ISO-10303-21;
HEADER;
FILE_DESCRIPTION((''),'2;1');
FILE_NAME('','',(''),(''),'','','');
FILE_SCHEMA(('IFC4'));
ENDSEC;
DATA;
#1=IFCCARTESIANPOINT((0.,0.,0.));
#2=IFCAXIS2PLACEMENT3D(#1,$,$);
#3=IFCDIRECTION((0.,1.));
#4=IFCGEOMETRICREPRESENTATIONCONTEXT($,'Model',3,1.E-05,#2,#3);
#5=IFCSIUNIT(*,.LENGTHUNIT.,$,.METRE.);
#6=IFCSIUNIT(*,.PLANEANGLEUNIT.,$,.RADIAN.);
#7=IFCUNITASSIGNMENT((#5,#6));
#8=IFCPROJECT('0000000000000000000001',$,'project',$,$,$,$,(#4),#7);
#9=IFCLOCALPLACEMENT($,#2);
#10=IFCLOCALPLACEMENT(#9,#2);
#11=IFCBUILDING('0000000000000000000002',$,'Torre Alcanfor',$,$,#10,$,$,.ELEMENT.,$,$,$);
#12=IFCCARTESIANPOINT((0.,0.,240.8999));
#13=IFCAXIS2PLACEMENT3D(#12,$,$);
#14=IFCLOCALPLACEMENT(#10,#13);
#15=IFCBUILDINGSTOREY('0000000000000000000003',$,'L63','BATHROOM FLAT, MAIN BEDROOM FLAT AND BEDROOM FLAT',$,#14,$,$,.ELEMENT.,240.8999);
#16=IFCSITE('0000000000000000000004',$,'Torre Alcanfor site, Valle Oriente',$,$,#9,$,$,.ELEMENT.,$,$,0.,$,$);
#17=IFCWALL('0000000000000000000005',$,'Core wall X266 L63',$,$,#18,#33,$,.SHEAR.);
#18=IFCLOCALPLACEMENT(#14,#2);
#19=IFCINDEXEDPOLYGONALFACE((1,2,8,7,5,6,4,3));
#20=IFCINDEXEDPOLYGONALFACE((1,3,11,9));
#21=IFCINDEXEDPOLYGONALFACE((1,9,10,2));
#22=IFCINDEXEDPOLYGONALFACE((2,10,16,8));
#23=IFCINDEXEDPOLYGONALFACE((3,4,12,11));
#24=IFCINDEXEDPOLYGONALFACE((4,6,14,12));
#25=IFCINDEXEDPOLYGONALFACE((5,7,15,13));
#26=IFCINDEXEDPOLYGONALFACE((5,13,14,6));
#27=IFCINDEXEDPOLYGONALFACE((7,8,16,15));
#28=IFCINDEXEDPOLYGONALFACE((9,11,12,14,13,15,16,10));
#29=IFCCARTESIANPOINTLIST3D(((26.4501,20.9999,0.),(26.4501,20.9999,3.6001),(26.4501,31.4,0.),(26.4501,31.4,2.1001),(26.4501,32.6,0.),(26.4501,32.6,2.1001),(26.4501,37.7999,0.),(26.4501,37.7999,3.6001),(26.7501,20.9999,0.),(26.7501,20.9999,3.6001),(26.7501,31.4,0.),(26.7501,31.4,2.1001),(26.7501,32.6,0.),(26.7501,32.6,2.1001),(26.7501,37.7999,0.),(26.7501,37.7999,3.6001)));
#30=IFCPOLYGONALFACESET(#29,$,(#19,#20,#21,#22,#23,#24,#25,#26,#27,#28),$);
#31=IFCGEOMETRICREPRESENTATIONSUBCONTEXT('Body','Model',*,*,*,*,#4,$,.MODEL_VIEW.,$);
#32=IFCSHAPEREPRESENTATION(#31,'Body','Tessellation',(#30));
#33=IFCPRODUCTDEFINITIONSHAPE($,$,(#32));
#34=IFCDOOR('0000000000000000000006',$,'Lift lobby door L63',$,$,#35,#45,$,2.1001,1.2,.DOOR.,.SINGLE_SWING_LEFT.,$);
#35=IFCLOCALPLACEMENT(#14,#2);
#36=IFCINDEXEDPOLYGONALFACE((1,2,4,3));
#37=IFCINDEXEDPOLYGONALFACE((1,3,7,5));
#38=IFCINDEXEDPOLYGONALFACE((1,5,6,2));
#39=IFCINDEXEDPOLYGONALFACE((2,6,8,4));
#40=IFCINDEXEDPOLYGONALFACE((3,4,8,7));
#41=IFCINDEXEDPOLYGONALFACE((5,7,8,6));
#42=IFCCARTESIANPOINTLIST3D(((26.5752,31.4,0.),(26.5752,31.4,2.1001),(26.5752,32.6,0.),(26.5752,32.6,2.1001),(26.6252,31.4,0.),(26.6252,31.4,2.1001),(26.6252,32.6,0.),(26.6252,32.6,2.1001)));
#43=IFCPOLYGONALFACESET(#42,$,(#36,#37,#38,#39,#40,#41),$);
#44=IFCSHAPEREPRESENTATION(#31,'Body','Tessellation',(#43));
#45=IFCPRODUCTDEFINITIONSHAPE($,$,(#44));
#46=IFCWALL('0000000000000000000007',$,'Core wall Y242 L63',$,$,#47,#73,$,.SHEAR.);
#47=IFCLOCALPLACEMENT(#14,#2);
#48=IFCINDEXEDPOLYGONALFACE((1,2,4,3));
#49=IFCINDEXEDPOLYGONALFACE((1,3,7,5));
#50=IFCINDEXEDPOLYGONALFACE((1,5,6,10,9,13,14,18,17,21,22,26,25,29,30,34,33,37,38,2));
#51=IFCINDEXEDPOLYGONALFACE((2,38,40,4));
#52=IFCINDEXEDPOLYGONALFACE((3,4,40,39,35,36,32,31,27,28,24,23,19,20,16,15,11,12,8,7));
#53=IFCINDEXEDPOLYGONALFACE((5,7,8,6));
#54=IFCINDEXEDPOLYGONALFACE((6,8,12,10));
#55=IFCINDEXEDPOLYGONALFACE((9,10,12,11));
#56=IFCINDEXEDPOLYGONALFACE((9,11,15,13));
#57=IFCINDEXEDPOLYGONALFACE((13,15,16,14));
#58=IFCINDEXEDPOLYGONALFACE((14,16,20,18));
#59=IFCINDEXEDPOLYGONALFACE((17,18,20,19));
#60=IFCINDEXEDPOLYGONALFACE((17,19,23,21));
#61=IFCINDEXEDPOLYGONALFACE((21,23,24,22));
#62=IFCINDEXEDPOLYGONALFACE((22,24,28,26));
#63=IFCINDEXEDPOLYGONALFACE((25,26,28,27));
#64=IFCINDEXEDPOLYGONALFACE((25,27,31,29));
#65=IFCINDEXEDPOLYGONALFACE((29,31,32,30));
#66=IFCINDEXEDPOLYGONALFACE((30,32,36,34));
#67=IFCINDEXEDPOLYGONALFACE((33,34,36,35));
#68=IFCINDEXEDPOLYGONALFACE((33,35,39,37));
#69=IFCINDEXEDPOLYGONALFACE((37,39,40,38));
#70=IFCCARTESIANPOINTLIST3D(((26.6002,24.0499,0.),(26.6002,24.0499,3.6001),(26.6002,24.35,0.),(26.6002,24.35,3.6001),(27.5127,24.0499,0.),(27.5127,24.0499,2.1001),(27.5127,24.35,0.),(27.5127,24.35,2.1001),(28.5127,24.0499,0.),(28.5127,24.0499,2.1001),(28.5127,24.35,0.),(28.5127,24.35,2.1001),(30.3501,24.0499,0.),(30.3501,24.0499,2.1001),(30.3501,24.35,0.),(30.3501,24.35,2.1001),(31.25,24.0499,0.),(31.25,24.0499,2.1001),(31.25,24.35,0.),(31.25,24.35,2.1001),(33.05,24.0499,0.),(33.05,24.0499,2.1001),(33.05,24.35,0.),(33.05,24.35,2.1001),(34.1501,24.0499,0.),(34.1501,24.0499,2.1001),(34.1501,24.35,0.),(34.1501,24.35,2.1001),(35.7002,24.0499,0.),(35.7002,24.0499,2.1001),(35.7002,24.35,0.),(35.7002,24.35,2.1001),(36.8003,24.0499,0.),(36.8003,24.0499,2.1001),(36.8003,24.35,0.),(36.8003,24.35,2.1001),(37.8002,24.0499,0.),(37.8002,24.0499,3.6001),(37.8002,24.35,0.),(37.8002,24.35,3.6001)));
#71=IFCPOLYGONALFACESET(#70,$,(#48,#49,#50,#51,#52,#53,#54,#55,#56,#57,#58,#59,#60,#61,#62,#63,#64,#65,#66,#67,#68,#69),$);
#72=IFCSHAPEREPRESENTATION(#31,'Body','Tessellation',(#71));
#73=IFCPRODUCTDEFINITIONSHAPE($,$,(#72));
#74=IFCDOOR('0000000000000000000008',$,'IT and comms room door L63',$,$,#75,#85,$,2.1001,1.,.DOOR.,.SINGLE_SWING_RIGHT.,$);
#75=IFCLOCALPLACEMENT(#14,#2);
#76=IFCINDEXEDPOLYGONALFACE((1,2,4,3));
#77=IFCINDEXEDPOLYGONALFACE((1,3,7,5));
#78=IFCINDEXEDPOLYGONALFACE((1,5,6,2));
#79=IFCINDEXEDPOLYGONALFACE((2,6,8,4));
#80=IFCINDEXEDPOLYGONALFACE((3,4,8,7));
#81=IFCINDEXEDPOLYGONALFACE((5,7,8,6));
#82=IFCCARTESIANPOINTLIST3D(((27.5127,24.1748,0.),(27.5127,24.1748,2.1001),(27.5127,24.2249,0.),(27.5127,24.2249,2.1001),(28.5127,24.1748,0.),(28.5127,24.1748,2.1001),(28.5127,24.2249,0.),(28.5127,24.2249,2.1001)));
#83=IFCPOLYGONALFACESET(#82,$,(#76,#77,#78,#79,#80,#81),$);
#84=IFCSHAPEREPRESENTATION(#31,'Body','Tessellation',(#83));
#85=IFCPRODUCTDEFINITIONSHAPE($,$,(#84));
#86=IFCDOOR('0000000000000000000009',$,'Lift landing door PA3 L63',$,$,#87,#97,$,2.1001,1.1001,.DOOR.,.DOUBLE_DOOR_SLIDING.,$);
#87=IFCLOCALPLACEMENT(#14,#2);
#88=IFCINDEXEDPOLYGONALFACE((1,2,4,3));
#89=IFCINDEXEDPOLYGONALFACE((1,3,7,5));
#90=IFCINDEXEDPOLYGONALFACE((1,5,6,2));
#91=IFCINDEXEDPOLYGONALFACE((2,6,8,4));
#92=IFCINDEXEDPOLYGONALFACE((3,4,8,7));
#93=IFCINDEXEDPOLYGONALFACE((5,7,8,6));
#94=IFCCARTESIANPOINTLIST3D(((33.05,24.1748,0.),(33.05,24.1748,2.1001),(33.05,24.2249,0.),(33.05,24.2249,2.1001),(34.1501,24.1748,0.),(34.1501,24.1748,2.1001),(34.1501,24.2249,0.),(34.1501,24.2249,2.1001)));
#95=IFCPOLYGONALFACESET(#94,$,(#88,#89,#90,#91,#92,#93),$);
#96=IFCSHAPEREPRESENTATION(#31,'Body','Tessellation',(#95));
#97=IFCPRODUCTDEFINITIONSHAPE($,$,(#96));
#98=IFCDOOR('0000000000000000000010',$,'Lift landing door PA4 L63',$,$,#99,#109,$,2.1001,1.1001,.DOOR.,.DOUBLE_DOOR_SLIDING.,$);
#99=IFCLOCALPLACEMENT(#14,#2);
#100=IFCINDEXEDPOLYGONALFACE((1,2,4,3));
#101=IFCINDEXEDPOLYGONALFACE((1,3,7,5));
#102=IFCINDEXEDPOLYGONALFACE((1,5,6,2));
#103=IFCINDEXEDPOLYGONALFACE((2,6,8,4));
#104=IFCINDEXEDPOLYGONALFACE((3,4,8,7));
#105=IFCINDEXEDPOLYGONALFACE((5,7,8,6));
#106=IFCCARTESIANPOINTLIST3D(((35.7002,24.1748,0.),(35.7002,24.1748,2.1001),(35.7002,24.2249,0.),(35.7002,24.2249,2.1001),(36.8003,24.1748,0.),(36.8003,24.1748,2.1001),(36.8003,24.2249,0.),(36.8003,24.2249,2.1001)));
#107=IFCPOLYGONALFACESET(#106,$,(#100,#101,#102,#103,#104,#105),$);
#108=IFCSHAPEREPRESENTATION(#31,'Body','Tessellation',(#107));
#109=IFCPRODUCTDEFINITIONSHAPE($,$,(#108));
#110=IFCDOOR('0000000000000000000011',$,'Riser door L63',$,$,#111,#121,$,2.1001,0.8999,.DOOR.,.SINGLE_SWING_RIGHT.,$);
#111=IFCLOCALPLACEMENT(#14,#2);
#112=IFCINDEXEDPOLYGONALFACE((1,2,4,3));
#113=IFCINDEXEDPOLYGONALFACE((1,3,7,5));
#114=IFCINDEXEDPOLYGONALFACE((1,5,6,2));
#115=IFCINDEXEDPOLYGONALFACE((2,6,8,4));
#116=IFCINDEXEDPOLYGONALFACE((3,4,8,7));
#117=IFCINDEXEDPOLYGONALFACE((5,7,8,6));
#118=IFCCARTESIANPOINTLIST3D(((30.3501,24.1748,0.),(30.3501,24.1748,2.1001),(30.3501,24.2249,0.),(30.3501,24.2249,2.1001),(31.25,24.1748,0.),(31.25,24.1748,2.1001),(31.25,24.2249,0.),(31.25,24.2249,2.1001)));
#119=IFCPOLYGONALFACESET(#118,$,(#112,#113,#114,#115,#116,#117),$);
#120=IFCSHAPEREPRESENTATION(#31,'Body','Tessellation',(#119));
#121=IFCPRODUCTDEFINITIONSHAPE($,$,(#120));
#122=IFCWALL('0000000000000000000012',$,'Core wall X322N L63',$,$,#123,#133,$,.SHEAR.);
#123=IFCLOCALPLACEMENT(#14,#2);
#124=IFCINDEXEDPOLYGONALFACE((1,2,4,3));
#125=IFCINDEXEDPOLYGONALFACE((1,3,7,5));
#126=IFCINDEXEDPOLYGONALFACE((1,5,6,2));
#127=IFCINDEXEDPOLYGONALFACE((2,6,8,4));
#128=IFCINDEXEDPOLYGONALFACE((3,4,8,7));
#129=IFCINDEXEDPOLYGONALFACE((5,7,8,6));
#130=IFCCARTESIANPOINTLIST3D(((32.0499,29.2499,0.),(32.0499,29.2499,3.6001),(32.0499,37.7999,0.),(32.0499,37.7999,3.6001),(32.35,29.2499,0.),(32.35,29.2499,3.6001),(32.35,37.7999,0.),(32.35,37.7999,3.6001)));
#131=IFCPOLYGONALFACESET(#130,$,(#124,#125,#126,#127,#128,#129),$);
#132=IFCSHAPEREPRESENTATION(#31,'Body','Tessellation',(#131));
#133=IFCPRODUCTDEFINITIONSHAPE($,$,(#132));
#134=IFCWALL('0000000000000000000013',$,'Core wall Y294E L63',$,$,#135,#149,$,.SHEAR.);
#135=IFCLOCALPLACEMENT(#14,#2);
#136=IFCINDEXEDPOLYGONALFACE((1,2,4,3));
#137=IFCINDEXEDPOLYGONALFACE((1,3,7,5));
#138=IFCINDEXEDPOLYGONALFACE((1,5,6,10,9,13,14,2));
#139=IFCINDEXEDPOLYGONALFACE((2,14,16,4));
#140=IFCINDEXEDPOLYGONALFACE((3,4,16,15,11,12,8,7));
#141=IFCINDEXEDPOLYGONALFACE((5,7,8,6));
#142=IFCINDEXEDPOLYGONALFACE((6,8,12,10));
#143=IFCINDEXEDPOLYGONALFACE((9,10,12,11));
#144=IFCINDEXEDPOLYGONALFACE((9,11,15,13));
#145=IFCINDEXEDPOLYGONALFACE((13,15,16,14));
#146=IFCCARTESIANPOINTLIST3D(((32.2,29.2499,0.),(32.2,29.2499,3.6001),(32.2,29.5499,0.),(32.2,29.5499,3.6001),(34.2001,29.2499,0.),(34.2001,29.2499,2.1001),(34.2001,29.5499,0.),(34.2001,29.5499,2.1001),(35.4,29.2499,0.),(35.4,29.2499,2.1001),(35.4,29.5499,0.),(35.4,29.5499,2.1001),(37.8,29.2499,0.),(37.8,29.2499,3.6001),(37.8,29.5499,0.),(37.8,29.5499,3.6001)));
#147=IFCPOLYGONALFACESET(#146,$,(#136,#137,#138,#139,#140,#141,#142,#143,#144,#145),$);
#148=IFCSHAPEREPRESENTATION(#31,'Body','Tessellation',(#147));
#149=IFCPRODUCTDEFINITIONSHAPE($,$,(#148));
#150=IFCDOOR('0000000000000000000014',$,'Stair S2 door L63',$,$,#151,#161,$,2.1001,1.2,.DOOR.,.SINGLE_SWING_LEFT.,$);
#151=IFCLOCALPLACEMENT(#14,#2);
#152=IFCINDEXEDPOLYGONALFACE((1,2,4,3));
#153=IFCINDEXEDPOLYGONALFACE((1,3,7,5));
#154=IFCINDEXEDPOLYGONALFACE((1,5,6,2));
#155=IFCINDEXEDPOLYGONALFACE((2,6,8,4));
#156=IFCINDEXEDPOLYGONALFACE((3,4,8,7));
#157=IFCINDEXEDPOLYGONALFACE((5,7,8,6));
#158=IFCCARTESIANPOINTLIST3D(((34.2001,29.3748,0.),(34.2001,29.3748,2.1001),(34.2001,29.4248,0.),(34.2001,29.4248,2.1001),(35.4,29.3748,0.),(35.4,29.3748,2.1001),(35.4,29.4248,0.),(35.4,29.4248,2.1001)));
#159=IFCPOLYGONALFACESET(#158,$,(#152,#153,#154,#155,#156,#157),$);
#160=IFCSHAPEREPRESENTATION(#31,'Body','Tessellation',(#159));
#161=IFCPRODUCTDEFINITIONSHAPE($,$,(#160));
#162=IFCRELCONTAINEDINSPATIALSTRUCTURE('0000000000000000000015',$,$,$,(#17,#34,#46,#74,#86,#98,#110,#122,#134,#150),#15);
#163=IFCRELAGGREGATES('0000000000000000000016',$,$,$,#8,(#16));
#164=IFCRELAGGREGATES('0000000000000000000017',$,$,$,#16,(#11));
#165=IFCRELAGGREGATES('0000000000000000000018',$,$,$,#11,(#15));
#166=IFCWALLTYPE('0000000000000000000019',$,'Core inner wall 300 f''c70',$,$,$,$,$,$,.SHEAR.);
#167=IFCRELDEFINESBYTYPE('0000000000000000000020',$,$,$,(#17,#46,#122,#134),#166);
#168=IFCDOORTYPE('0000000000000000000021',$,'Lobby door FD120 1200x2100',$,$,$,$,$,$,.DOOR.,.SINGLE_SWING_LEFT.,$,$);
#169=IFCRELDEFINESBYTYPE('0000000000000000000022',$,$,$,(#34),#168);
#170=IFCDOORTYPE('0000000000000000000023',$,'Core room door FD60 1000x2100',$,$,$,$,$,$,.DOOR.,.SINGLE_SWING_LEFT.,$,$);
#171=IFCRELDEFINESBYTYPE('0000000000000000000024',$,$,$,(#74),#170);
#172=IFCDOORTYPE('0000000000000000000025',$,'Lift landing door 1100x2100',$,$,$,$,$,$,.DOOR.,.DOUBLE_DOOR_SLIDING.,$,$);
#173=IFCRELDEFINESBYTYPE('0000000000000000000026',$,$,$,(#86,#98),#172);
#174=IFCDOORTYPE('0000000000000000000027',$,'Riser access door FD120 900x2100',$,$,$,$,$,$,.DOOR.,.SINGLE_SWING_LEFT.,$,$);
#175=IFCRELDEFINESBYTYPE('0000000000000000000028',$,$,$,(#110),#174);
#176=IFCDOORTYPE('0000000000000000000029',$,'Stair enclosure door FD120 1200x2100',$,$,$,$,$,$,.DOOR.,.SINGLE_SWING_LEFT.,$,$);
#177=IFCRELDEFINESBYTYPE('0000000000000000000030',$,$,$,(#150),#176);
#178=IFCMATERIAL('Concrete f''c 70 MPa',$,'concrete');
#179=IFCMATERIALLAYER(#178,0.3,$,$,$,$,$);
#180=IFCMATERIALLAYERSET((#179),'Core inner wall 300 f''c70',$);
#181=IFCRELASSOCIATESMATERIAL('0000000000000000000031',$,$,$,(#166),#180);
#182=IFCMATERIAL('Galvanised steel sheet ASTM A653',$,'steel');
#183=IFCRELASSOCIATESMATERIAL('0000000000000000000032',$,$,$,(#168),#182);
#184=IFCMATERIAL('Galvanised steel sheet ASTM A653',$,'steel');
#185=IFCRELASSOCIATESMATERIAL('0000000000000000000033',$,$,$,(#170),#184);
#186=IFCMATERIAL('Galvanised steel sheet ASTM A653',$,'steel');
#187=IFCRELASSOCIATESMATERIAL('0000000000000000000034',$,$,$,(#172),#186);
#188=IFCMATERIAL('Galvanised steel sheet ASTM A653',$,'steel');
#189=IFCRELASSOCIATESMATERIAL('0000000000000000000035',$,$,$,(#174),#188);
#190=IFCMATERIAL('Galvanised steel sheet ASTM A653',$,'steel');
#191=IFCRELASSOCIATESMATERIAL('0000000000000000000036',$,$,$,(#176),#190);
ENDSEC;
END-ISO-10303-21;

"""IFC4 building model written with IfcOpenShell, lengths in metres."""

from ifc_helpers import new_model, si_unit, direction, frame, frame_2d, origin, place, context, subcontext, project, spatial, rectangle, extrude, material, layer, layer_set, type_object, element, fill, save


model = new_model("IFC4")

# Units and contexts
model_context = context("Model", 3, precision=1e-05, world=origin(), true_north=direction((0.0, 1.0)))
body_context = subcontext(model_context, "Body", "Model", "MODEL_VIEW")
ifc_project = project(units=[si_unit("LENGTHUNIT", "METRE"), si_unit("PLANEANGLEUNIT", "RADIAN")], contexts=[model_context])

# Site, building, storey
site_placement = place(None, origin())
site = spatial("IfcSite", under=ifc_project, at=site_placement, Name="Torre Alcanfor site, Valle Oriente", CompositionType="ELEMENT", RefElevation=0.0)
building_placement = place(site_placement, origin())
building = spatial("IfcBuilding", under=site, at=building_placement, Name="Torre Alcanfor", CompositionType="ELEMENT")
storey_placement = place(building_placement, frame((0.0, 0.0, 240.8999)))
storey = spatial("IfcBuildingStorey", under=building, at=storey_placement, Name="L63", Description="BATHROOM FLAT, MAIN BEDROOM FLAT AND BEDROOM FLAT", CompositionType="ELEMENT", Elevation=240.8999)

# Wall, opening, door
ifc_material_1 = material(Name="Concrete f'c 70 MPa", Category="concrete")
ifc_layer_1 = layer(ifc_material_1, 0.3)
ifc_layer_set_1 = layer_set([ifc_layer_1], Name="Core inner wall 300 f'c70")
wall_type_1 = type_object("IfcWallType", Name="Core inner wall 300 f'c70", PredefinedType="SHEAR", material=ifc_layer_set_1)
wall_1_placement = place(storey_placement, frame((26.6001, 21.0, 0.0), z_axis=(0.0, 0.0, 1.0), x_axis=(0.0, 1.0, 0.0)))
wall_1 = element("IfcWall", 1, at=wall_1_placement, inside=storey, type_object=wall_type_1, Name="Core wall X266 L63", PredefinedType="SHEAR", context=body_context, shape_type="SweptSolid", body=[
    extrude(rectangle(XDim=16.8, YDim=0.3, at=frame_2d((8.3999, 0.0))), origin(), (0.0, 0.0, 1.0), 3.6001),
])
opening_1_placement = place(wall_1_placement, frame((10.3999, 0.0, 0.0)))
opening_1 = element("IfcOpeningElement", 2, at=opening_1_placement, cuts=wall_1, PredefinedType="OPENING", context=body_context, shape_type="SweptSolid", body=[
    extrude(rectangle(XDim=1.2, YDim=2.1001, at=frame_2d((0.6001, 1.05))), frame((0.0, 0.1599, 0.0), z_axis=(0.0, -1.0, 0.0), x_axis=(1.0, 0.0, 0.0)), (0.0, 0.0, 1.0), 0.3201),
])
ifc_material_2 = material(Name="Galvanised steel sheet ASTM A653", Category="steel")
door_type_1 = type_object("IfcDoorType", Name="Lobby door FD120 1200x2100", OperationType="SINGLE_SWING_LEFT", PredefinedType="DOOR", material=ifc_material_2)
door_1_placement = place(opening_1_placement, origin())
door_1 = element("IfcDoor", 3, at=door_1_placement, inside=storey, type_object=door_type_1, Name="Lift lobby door L63", OperationType="SINGLE_SWING_LEFT", OverallHeight=2.1001, OverallWidth=1.2, PredefinedType="DOOR", context=body_context, shape_type="SweptSolid", body=[
    extrude(rectangle(XDim=1.2, YDim=2.1001, at=frame_2d((0.6001, 1.05))), frame((0.0, 0.0249, 0.0), z_axis=(0.0, -1.0, 0.0), x_axis=(1.0, 0.0, 0.0)), (0.0, 0.0, 1.0), 0.05),
])
fill(opening_1, door_1)

# Wall, openings, doors
wall_2_placement = place(storey_placement, frame((26.6001, 24.2, 0.0), z_axis=(0.0, 0.0, 1.0), x_axis=(1.0, 0.0, 0.0)))
wall_2 = element("IfcWall", 4, at=wall_2_placement, inside=storey, type_object=wall_type_1, Name="Core wall Y242 L63", PredefinedType="SHEAR", context=body_context, shape_type="SweptSolid", body=[
    extrude(rectangle(XDim=11.2, YDim=0.3, at=frame_2d((5.6001, 0.0))), origin(), (0.0, 0.0, 1.0), 3.6001),
])
opening_2_placement = place(wall_2_placement, frame((0.9126, 0.0, 0.0)))
opening_2 = element("IfcOpeningElement", 5, at=opening_2_placement, cuts=wall_2, PredefinedType="OPENING", context=body_context, shape_type="SweptSolid", body=[
    extrude(rectangle(XDim=1.0, YDim=2.1001, at=frame_2d((0.5, 1.05))), frame((0.0, 0.1599, 0.0), z_axis=(0.0, -1.0, 0.0), x_axis=(1.0, 0.0, 0.0)), (0.0, 0.0, 1.0), 0.3201),
])
opening_3_placement = place(wall_2_placement, frame((3.75, 0.0, 0.0)))
opening_3 = element("IfcOpeningElement", 6, at=opening_3_placement, cuts=wall_2, PredefinedType="OPENING", context=body_context, shape_type="SweptSolid", body=[
    extrude(rectangle(XDim=0.8999, YDim=2.1001, at=frame_2d((0.45, 1.05))), frame((0.0, 0.1599, 0.0), z_axis=(0.0, -1.0, 0.0), x_axis=(1.0, 0.0, 0.0)), (0.0, 0.0, 1.0), 0.3201),
])
opening_4_placement = place(wall_2_placement, frame((6.45, 0.0, 0.0)))
opening_4 = element("IfcOpeningElement", 7, at=opening_4_placement, cuts=wall_2, PredefinedType="OPENING", context=body_context, shape_type="SweptSolid", body=[
    extrude(rectangle(XDim=1.1001, YDim=2.1001, at=frame_2d((0.55, 1.05))), frame((0.0, 0.1599, 0.0), z_axis=(0.0, -1.0, 0.0), x_axis=(1.0, 0.0, 0.0)), (0.0, 0.0, 1.0), 0.3201),
])
opening_5_placement = place(wall_2_placement, frame((9.1001, 0.0, 0.0)))
opening_5 = element("IfcOpeningElement", 8, at=opening_5_placement, cuts=wall_2, PredefinedType="OPENING", context=body_context, shape_type="SweptSolid", body=[
    extrude(rectangle(XDim=1.1001, YDim=2.1001, at=frame_2d((0.55, 1.05))), frame((0.0, 0.1599, 0.0), z_axis=(0.0, -1.0, 0.0), x_axis=(1.0, 0.0, 0.0)), (0.0, 0.0, 1.0), 0.3201),
])
ifc_material_3 = material(Name="Galvanised steel sheet ASTM A653", Category="steel")
door_type_2 = type_object("IfcDoorType", Name="Core room door FD60 1000x2100", OperationType="SINGLE_SWING_LEFT", PredefinedType="DOOR", material=ifc_material_3)
door_2_placement = place(opening_2_placement, frame((1.0, 0.0, 0.0), z_axis=(0.0, 0.0, 1.0), x_axis=(-1.0, 0.0, 0.0)))
door_2 = element("IfcDoor", 9, at=door_2_placement, inside=storey, type_object=door_type_2, Name="IT and comms room door L63", OperationType="SINGLE_SWING_RIGHT", OverallHeight=2.1001, OverallWidth=1.0, PredefinedType="DOOR", context=body_context, shape_type="SweptSolid", body=[
    extrude(rectangle(XDim=1.0, YDim=2.1001, at=frame_2d((0.5, 1.05))), frame((0.0, 0.0251, 0.0), z_axis=(0.0, -1.0, 0.0), x_axis=(1.0, 0.0, 0.0)), (0.0, 0.0, 1.0), 0.05),
])
fill(opening_2, door_2)
ifc_material_4 = material(Name="Galvanised steel sheet ASTM A653", Category="steel")
door_type_3 = type_object("IfcDoorType", Name="Lift landing door 1100x2100", OperationType="DOUBLE_DOOR_SLIDING", PredefinedType="DOOR", material=ifc_material_4)
door_3_placement = place(opening_4_placement, origin())
door_3 = element("IfcDoor", 10, at=door_3_placement, inside=storey, type_object=door_type_3, Name="Lift landing door PA3 L63", OperationType="DOUBLE_DOOR_SLIDING", OverallHeight=2.1001, OverallWidth=1.1001, PredefinedType="DOOR", context=body_context, shape_type="SweptSolid", body=[
    extrude(rectangle(XDim=1.1001, YDim=2.1001, at=frame_2d((0.55, 1.05))), frame((0.0, 0.0249, 0.0), z_axis=(0.0, -1.0, 0.0), x_axis=(1.0, 0.0, 0.0)), (0.0, 0.0, 1.0), 0.05),
])
fill(opening_4, door_3)
door_4_placement = place(opening_5_placement, origin())
door_4 = element("IfcDoor", 11, at=door_4_placement, inside=storey, type_object=door_type_3, Name="Lift landing door PA4 L63", OperationType="DOUBLE_DOOR_SLIDING", OverallHeight=2.1001, OverallWidth=1.1001, PredefinedType="DOOR", context=body_context, shape_type="SweptSolid", body=[
    extrude(rectangle(XDim=1.1001, YDim=2.1001, at=frame_2d((0.55, 1.05))), frame((0.0, 0.0249, 0.0), z_axis=(0.0, -1.0, 0.0), x_axis=(1.0, 0.0, 0.0)), (0.0, 0.0, 1.0), 0.05),
])
fill(opening_5, door_4)
ifc_material_5 = material(Name="Galvanised steel sheet ASTM A653", Category="steel")
door_type_4 = type_object("IfcDoorType", Name="Riser access door FD120 900x2100", OperationType="SINGLE_SWING_LEFT", PredefinedType="DOOR", material=ifc_material_5)
door_5_placement = place(opening_3_placement, frame((0.8999, 0.0, 0.0), z_axis=(0.0, 0.0, 1.0), x_axis=(-1.0, 0.0, 0.0)))
door_5 = element("IfcDoor", 12, at=door_5_placement, inside=storey, type_object=door_type_4, Name="Riser door L63", OperationType="SINGLE_SWING_RIGHT", OverallHeight=2.1001, OverallWidth=0.8999, PredefinedType="DOOR", context=body_context, shape_type="SweptSolid", body=[
    extrude(rectangle(XDim=0.8999, YDim=2.1001, at=frame_2d((0.45, 1.05))), frame((0.0, 0.0251, 0.0), z_axis=(0.0, -1.0, 0.0), x_axis=(1.0, 0.0, 0.0)), (0.0, 0.0, 1.0), 0.05),
])
fill(opening_3, door_5)

# Wall
wall_3_placement = place(storey_placement, frame((32.2, 29.25, 0.0), z_axis=(0.0, 0.0, 1.0), x_axis=(0.0, 1.0, 0.0)))
element("IfcWall", 13, at=wall_3_placement, inside=storey, type_object=wall_type_1, Name="Core wall X322N L63", PredefinedType="SHEAR", context=body_context, shape_type="SweptSolid", body=[
    extrude(rectangle(XDim=8.55, YDim=0.3, at=frame_2d((4.2749, 0.0))), origin(), (0.0, 0.0, 1.0), 3.6001),
])

# Wall, opening, door
wall_4_placement = place(storey_placement, frame((32.2, 29.3999, 0.0), z_axis=(0.0, 0.0, 1.0), x_axis=(1.0, 0.0, 0.0)))
wall_4 = element("IfcWall", 14, at=wall_4_placement, inside=storey, type_object=wall_type_1, Name="Core wall Y294E L63", PredefinedType="SHEAR", context=body_context, shape_type="SweptSolid", body=[
    extrude(rectangle(XDim=5.6001, YDim=0.3, at=frame_2d((2.8, 0.0))), origin(), (0.0, 0.0, 1.0), 3.6001),
])
opening_6_placement = place(wall_4_placement, frame((2.0, 0.0, 0.0)))
opening_6 = element("IfcOpeningElement", 15, at=opening_6_placement, cuts=wall_4, PredefinedType="OPENING", context=body_context, shape_type="SweptSolid", body=[
    extrude(rectangle(XDim=1.2, YDim=2.1001, at=frame_2d((0.6001, 1.05))), frame((0.0, 0.1599, 0.0), z_axis=(0.0, -1.0, 0.0), x_axis=(1.0, 0.0, 0.0)), (0.0, 0.0, 1.0), 0.3201),
])
ifc_material_6 = material(Name="Galvanised steel sheet ASTM A653", Category="steel")
door_type_5 = type_object("IfcDoorType", Name="Stair enclosure door FD120 1200x2100", OperationType="SINGLE_SWING_LEFT", PredefinedType="DOOR", material=ifc_material_6)
door_6_placement = place(opening_6_placement, origin())
door_6 = element("IfcDoor", 16, at=door_6_placement, inside=storey, type_object=door_type_5, Name="Stair S2 door L63", OperationType="SINGLE_SWING_LEFT", OverallHeight=2.1001, OverallWidth=1.2, PredefinedType="DOOR", context=body_context, shape_type="SweptSolid", body=[
    extrude(rectangle(XDim=1.2, YDim=2.1001, at=frame_2d((0.6001, 1.05))), frame((0.0, 0.0249, 0.0), z_axis=(0.0, -1.0, 0.0), x_axis=(1.0, 0.0, 0.0)), (0.0, 0.0, 1.0), 0.05),
])
fill(opening_6, door_6)

save(model, "model.ifc")
